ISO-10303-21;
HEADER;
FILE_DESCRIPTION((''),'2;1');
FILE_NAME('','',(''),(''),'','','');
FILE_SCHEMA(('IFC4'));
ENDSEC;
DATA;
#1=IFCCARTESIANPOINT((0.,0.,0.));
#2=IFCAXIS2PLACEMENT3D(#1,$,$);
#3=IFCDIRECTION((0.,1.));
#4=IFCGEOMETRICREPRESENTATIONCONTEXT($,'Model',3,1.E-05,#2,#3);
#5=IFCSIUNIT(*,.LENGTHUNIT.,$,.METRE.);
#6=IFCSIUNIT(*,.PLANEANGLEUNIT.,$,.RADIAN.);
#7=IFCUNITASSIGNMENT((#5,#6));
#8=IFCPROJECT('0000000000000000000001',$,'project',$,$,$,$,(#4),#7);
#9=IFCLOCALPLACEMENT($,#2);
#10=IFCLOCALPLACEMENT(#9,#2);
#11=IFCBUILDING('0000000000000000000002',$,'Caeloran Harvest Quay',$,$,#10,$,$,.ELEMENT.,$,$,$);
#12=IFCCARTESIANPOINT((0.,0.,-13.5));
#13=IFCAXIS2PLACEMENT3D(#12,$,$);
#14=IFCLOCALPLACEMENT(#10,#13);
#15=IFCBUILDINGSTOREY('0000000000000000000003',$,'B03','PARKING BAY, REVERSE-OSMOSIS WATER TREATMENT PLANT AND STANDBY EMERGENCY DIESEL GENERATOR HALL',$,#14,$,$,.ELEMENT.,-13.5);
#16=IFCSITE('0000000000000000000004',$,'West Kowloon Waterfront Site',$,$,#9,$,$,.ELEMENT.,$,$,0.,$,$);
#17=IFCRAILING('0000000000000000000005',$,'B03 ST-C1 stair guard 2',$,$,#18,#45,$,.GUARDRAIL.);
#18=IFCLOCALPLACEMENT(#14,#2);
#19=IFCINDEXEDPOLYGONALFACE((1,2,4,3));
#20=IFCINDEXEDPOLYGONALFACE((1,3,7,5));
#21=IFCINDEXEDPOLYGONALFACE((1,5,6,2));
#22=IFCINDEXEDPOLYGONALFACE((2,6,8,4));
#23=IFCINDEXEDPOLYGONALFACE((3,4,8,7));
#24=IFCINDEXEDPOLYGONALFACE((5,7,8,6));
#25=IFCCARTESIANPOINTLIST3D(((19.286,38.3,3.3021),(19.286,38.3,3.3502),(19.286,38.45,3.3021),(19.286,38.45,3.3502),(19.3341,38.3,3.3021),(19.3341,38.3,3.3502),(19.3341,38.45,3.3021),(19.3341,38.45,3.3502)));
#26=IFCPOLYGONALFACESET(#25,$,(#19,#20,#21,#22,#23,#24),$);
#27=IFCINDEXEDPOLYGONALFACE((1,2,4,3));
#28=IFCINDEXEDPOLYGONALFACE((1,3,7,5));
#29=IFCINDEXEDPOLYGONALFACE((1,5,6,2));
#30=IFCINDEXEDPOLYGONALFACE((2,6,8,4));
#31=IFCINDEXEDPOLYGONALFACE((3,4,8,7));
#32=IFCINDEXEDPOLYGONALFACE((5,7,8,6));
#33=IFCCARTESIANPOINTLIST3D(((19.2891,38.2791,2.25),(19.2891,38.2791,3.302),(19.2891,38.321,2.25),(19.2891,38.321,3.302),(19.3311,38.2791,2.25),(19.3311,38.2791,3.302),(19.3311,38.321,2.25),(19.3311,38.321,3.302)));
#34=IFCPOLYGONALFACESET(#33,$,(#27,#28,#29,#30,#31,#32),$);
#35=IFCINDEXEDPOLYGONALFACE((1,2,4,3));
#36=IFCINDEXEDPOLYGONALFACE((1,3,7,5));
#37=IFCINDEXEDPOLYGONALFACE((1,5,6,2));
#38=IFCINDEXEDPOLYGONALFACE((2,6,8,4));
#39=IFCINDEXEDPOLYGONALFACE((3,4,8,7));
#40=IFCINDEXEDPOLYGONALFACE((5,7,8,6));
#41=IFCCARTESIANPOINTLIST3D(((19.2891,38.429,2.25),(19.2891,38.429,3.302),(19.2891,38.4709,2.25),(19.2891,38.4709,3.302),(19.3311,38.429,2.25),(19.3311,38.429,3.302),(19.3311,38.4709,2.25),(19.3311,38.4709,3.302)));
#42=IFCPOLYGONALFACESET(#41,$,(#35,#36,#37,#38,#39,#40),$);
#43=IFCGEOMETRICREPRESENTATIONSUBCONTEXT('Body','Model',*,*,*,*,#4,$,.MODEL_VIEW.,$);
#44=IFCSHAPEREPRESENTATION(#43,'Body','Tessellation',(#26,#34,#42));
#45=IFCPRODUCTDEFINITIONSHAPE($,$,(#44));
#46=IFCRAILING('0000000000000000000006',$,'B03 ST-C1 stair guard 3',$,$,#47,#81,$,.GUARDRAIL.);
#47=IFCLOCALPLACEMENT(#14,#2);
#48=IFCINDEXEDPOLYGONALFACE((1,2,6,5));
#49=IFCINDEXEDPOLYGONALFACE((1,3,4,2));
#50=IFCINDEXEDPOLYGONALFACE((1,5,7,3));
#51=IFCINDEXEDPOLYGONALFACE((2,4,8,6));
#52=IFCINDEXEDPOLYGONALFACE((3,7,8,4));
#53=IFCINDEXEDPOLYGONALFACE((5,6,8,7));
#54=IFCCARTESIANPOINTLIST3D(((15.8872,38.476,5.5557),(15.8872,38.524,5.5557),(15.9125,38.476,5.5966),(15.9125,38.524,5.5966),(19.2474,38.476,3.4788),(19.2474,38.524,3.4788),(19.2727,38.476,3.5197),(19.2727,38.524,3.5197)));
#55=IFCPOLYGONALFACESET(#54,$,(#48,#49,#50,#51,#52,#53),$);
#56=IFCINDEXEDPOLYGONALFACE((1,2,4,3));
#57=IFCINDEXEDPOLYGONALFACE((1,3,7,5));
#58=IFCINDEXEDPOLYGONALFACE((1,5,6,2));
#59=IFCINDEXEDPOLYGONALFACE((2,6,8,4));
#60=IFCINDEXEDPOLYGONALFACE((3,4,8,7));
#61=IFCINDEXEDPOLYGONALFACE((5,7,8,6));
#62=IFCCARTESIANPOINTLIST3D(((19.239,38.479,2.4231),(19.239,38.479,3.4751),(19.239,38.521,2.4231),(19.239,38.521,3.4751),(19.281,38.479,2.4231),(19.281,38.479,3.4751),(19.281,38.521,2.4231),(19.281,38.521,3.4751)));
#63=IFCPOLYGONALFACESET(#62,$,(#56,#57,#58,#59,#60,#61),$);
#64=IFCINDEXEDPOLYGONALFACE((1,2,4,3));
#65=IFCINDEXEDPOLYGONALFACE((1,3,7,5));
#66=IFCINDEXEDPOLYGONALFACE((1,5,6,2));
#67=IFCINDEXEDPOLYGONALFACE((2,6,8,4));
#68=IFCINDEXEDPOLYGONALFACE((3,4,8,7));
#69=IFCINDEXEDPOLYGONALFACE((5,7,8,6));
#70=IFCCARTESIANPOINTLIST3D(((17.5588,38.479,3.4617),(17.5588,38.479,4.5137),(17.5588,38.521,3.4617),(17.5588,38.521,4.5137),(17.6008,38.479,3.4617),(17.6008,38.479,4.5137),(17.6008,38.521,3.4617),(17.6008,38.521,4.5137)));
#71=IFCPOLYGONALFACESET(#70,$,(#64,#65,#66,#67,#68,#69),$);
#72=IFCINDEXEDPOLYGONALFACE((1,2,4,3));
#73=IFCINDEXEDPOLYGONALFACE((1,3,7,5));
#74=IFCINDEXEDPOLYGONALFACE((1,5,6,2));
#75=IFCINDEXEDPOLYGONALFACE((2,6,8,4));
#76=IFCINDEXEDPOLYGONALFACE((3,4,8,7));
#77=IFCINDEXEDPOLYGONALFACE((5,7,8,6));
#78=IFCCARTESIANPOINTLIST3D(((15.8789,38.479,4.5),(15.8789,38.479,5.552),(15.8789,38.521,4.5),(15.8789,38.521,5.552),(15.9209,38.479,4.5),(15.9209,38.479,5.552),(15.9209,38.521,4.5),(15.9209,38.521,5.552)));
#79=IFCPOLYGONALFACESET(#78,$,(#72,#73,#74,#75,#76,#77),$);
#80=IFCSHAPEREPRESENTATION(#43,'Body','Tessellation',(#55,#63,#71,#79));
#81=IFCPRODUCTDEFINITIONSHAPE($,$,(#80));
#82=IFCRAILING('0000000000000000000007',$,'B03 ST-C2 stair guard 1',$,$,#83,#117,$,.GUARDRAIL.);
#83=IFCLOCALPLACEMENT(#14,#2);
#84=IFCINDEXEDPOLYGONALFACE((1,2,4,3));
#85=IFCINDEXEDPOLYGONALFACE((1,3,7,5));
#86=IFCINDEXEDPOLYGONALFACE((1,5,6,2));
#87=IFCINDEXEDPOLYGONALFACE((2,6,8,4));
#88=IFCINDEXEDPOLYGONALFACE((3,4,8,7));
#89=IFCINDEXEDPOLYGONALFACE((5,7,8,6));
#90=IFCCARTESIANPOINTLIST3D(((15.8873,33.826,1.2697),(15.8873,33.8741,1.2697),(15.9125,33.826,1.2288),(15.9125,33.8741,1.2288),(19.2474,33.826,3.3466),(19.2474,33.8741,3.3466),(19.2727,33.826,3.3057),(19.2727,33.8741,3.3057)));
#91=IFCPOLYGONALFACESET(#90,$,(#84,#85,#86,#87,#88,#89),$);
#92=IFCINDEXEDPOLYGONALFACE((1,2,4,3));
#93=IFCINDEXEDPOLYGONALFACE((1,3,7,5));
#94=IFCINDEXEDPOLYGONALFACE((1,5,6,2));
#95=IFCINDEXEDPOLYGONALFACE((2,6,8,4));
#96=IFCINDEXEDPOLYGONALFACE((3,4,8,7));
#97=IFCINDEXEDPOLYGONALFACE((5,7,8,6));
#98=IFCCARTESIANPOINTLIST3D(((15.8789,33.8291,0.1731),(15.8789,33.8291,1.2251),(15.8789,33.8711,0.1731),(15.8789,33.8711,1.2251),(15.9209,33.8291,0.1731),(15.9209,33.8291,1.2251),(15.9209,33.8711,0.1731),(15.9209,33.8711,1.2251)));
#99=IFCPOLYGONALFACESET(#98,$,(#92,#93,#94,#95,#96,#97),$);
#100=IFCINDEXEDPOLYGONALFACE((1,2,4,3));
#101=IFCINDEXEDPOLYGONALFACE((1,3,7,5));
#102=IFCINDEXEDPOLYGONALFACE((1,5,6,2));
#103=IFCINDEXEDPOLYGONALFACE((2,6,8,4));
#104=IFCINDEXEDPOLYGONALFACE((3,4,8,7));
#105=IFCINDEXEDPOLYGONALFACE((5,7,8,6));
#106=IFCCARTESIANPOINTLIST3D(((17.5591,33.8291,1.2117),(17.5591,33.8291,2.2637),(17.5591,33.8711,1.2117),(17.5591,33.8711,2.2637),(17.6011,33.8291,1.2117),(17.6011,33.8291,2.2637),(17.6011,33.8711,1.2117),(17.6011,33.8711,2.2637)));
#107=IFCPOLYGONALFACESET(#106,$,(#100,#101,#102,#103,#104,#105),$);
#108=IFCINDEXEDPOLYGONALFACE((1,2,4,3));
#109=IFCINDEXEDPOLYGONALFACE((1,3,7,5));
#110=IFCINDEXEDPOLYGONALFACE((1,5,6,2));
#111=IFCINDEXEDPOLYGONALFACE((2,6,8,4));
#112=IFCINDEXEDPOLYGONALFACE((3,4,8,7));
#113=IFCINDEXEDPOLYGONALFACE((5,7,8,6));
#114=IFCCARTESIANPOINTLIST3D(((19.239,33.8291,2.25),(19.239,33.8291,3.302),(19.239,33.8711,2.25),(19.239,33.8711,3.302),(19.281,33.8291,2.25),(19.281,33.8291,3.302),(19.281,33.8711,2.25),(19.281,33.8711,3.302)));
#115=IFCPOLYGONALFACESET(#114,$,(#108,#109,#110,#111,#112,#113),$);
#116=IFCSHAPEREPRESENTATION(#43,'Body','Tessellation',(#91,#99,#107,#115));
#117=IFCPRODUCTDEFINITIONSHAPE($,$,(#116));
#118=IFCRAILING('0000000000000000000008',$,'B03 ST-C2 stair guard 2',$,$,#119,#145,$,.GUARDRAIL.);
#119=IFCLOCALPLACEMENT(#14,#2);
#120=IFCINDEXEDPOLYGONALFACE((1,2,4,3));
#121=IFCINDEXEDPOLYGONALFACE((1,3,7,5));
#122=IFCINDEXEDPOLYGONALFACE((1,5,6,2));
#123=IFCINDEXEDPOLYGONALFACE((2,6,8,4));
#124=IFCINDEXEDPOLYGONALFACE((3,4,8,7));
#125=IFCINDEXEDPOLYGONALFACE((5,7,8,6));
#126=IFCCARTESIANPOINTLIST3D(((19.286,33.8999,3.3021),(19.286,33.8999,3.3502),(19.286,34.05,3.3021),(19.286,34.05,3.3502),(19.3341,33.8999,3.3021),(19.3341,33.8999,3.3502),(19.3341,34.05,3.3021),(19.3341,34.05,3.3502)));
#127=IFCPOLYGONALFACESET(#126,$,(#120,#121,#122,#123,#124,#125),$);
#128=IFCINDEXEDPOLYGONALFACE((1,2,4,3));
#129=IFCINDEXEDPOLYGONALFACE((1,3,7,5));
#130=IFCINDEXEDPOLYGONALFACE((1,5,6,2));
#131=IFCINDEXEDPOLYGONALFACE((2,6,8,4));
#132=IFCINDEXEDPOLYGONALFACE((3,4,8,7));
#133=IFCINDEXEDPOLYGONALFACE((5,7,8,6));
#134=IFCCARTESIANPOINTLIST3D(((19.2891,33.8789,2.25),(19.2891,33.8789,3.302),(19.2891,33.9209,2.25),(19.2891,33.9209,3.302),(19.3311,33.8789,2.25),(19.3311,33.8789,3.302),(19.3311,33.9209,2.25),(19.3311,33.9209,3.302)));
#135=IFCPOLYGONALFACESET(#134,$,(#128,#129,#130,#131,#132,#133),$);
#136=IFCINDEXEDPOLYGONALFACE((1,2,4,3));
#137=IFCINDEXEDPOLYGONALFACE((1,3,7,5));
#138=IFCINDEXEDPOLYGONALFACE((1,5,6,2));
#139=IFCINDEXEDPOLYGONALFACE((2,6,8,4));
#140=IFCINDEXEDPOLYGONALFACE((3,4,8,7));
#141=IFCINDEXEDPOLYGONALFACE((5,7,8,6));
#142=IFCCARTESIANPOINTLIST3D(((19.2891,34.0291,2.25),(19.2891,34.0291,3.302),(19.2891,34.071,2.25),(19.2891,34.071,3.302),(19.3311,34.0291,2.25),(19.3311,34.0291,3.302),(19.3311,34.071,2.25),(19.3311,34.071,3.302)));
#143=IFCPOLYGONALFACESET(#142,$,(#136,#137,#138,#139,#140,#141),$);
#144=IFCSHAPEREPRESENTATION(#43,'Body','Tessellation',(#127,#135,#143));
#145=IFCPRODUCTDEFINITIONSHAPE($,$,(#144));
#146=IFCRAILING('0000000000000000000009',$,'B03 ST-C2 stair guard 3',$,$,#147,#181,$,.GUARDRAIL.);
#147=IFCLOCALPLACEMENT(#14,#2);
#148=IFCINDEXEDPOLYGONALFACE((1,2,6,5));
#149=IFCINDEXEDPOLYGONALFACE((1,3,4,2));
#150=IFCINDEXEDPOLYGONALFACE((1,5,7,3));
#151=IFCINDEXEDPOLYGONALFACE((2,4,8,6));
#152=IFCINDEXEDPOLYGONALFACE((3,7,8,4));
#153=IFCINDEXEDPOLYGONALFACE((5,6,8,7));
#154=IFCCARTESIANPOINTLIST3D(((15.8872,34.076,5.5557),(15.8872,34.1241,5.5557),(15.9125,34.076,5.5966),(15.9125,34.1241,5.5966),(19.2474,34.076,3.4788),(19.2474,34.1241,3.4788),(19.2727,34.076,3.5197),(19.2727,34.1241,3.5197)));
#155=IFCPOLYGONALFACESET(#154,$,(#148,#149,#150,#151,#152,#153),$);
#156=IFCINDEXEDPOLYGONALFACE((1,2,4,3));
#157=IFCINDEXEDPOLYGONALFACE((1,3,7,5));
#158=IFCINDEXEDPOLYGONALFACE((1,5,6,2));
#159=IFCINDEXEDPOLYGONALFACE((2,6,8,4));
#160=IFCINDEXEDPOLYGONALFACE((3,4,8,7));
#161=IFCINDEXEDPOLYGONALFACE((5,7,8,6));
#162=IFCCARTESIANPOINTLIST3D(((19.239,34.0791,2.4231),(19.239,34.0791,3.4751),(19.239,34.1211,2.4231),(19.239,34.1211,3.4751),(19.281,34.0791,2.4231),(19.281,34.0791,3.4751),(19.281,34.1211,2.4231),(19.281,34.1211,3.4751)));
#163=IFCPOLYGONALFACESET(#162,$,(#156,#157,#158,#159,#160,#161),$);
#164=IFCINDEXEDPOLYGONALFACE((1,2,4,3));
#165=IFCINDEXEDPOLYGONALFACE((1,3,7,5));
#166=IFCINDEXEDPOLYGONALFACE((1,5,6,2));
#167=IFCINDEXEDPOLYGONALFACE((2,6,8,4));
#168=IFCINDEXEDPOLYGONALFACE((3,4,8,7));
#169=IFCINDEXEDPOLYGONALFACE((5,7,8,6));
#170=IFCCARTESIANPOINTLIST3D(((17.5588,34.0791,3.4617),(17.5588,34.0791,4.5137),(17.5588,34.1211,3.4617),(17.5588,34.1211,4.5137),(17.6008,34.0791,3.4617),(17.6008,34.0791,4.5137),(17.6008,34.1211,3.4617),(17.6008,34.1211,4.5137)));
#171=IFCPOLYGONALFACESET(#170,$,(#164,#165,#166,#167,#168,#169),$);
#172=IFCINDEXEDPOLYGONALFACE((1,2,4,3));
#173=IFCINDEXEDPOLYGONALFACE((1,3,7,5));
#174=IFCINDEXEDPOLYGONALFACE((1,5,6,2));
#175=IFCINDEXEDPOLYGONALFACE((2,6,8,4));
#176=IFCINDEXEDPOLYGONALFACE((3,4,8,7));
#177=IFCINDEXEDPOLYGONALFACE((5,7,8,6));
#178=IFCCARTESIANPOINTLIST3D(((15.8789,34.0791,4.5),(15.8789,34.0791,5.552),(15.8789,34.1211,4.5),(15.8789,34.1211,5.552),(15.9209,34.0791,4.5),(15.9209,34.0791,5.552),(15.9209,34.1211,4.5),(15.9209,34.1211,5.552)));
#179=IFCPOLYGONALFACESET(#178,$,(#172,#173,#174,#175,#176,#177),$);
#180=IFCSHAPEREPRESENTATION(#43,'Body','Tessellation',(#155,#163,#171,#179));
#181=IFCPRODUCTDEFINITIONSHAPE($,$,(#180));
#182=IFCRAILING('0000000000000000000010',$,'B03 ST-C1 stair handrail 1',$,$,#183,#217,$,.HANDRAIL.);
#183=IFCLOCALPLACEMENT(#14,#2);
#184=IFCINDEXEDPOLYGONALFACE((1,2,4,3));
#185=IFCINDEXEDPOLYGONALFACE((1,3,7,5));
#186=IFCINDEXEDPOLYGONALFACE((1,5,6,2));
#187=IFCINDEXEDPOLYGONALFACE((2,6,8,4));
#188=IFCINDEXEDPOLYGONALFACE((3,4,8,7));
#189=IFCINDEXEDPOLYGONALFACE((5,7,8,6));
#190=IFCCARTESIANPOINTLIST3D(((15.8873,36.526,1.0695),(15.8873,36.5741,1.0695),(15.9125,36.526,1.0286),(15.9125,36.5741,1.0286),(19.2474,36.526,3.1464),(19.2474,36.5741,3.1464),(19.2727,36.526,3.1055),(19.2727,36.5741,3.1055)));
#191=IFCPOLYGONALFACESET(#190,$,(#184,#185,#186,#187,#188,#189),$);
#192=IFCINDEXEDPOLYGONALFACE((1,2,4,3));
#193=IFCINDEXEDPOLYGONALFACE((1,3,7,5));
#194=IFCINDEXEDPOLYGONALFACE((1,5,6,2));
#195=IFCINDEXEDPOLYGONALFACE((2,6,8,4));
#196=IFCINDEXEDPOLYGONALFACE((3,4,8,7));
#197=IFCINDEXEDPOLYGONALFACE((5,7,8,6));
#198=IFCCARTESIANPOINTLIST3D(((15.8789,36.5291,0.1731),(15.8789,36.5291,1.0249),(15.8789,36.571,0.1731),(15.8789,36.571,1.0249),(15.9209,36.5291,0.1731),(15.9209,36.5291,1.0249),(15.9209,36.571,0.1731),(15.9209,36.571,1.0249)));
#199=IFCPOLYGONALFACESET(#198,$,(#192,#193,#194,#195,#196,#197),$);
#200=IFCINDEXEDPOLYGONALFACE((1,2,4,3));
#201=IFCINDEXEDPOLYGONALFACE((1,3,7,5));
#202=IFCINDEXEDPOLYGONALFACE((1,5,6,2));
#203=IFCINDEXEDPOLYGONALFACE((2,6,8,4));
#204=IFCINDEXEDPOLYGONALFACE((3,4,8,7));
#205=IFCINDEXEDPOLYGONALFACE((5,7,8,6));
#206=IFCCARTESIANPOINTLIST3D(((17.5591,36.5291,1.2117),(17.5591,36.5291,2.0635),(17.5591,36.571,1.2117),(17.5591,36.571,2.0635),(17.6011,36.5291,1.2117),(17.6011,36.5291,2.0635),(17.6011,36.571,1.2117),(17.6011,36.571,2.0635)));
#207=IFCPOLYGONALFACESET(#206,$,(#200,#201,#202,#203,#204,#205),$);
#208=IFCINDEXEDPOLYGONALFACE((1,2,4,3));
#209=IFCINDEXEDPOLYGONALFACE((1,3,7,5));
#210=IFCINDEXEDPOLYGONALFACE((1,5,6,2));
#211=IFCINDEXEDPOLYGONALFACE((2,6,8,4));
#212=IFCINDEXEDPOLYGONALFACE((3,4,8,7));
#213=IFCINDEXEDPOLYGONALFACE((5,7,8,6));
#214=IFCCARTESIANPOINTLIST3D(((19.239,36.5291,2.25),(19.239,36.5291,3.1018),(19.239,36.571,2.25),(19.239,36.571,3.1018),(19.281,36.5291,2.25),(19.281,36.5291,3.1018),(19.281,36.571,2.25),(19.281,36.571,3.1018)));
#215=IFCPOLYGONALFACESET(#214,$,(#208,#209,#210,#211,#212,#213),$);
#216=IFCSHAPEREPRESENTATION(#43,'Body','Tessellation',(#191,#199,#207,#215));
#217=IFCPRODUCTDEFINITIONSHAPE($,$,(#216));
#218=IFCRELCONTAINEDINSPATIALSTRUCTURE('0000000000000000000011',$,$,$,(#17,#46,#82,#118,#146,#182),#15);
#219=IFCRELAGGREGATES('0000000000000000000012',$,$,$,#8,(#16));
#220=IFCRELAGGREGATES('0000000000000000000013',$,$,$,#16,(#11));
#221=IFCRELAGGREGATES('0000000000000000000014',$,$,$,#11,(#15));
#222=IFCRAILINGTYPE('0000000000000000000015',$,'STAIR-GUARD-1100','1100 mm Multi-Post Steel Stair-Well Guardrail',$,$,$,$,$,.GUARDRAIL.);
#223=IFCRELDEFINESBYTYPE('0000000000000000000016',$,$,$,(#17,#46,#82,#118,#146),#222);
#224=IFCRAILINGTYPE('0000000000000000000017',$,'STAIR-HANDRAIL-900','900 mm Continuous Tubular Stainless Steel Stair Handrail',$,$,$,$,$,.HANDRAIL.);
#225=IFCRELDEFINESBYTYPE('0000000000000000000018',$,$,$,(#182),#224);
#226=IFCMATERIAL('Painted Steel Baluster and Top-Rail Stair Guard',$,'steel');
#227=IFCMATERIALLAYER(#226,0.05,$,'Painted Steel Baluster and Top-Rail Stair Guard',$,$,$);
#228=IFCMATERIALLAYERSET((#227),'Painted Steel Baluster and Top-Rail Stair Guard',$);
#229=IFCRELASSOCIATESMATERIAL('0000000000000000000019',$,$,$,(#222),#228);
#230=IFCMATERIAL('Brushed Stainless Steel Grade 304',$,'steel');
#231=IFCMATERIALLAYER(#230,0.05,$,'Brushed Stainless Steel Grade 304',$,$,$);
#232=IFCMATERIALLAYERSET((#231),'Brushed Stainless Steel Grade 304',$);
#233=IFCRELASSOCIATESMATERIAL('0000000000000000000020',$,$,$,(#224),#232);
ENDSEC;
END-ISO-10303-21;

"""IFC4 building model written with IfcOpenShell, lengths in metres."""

from ifc_helpers import new_model, si_unit, direction, frame, origin, origin_2d, place, context, subcontext, project, spatial, rectangle, extrude, material, layer, layer_set, type_object, element, save


model = new_model("IFC4")

# Units and contexts
model_context = context("Model", 3, precision=1e-05, world=origin(), true_north=direction((0.0, 1.0)))
body_context = subcontext(model_context, "Body", "Model", "MODEL_VIEW")
ifc_project = project(units=[si_unit("LENGTHUNIT", "METRE"), si_unit("PLANEANGLEUNIT", "RADIAN")], contexts=[model_context])

# Site, building, storey
site_placement = place(None, origin())
site = spatial("IfcSite", under=ifc_project, at=site_placement, Name="West Kowloon Waterfront Site", CompositionType="ELEMENT", RefElevation=0.0)
building_placement = place(site_placement, origin())
building = spatial("IfcBuilding", under=site, at=building_placement, Name="Caeloran Harvest Quay", CompositionType="ELEMENT")
storey_placement = place(building_placement, frame((0.0, 0.0, -13.5)))
storey = spatial("IfcBuildingStorey", under=building, at=storey_placement, Name="B03", Description="PARKING BAY, REVERSE-OSMOSIS WATER TREATMENT PLANT AND STANDBY EMERGENCY DIESEL GENERATOR HALL", CompositionType="ELEMENT", Elevation=-13.5)

# Railings
ifc_material_1 = material(Name="Painted Steel Baluster and Top-Rail Stair Guard", Category="steel")
ifc_layer_1 = layer(ifc_material_1, 0.05, Name="Painted Steel Baluster and Top-Rail Stair Guard")
ifc_layer_set_1 = layer_set([ifc_layer_1], Name="Painted Steel Baluster and Top-Rail Stair Guard")
railing_type_1 = type_object("IfcRailingType", Name="STAIR-GUARD-1100", Description="1100 mm Multi-Post Steel Stair-Well Guardrail", PredefinedType="GUARDRAIL", material=ifc_layer_set_1)
railing_1_placement = place(storey_placement, frame((19.3101, 38.3, 2.25)))
element("IfcRailing", 1, at=railing_1_placement, inside=storey, type_object=railing_type_1, Name="B03 ST-C1 stair guard 2", PredefinedType="GUARDRAIL", context=body_context, shape_type="SweptSolid", body=[
    extrude(rectangle(XDim=0.0481, YDim=0.0481, at=origin_2d()), frame((0.0, 0.0, 1.0762), z_axis=(0.0, 1.0, 0.0), x_axis=(-1.0, 0.0, 0.0)), (0.0, 0.0, 1.0), 0.1499),
    extrude(rectangle(XDim=0.042, YDim=0.042, at=origin_2d()), origin(), (0.0, 0.0, 1.0), 1.052),
    extrude(rectangle(XDim=0.042, YDim=0.042, at=origin_2d()), frame((0.0, 0.1499, 0.0)), (0.0, 0.0, 1.0), 1.052),
])
railing_2_placement = place(storey_placement, frame((19.26, 38.5, 2.4231)))
element("IfcRailing", 2, at=railing_2_placement, inside=storey, type_object=railing_type_1, Name="B03 ST-C1 stair guard 3", PredefinedType="GUARDRAIL", context=body_context, shape_type="SweptSolid", body=[
    extrude(rectangle(XDim=0.0481, YDim=0.0481, at=origin_2d()), frame((0.0, 0.0, 1.0762), z_axis=(-0.850623, 0.0, 0.525776), x_axis=(0.0, -1.0, 0.0)), (0.0, 0.0, 1.0), 3.9502),
    extrude(rectangle(XDim=0.042, YDim=0.042, at=origin_2d()), origin(), (0.0, 0.0, 1.0), 1.052),
    extrude(rectangle(XDim=0.042, YDim=0.042, at=origin_2d()), frame((-1.6802, 0.0, 1.0386)), (0.0, 0.0, 1.0), 1.052),
    extrude(rectangle(XDim=0.042, YDim=0.042, at=origin_2d()), frame((-3.3601, 0.0, 2.0769)), (0.0, 0.0, 1.0), 1.052),
])
railing_3_placement = place(storey_placement, frame((15.8999, 33.8501, 0.1731)))
element("IfcRailing", 3, at=railing_3_placement, inside=storey, type_object=railing_type_1, Name="B03 ST-C2 stair guard 1", PredefinedType="GUARDRAIL", context=body_context, shape_type="SweptSolid", body=[
    extrude(rectangle(XDim=0.0481, YDim=0.0481, at=origin_2d()), frame((0.0, 0.0, 1.0762), z_axis=(0.850623, 0.0, 0.525776), x_axis=(0.0, 1.0, 0.0)), (0.0, 0.0, 1.0), 3.9502),
    extrude(rectangle(XDim=0.042, YDim=0.042, at=origin_2d()), origin(), (0.0, 0.0, 1.0), 1.052),
    extrude(rectangle(XDim=0.042, YDim=0.042, at=origin_2d()), frame((1.6802, 0.0, 1.0386)), (0.0, 0.0, 1.0), 1.052),
    extrude(rectangle(XDim=0.042, YDim=0.042, at=origin_2d()), frame((3.3601, 0.0, 2.0769)), (0.0, 0.0, 1.0), 1.052),
])
railing_4_placement = place(storey_placement, frame((19.3101, 33.8999, 2.25)))
element("IfcRailing", 4, at=railing_4_placement, inside=storey, type_object=railing_type_1, Name="B03 ST-C2 stair guard 2", PredefinedType="GUARDRAIL", context=body_context, shape_type="SweptSolid", body=[
    extrude(rectangle(XDim=0.0481, YDim=0.0481, at=origin_2d()), frame((0.0, 0.0, 1.0762), z_axis=(0.0, 1.0, 0.0), x_axis=(-1.0, 0.0, 0.0)), (0.0, 0.0, 1.0), 0.1501),
    extrude(rectangle(XDim=0.042, YDim=0.042, at=origin_2d()), origin(), (0.0, 0.0, 1.0), 1.052),
    extrude(rectangle(XDim=0.042, YDim=0.042, at=origin_2d()), frame((0.0, 0.1501, 0.0)), (0.0, 0.0, 1.0), 1.052),
])
railing_5_placement = place(storey_placement, frame((19.26, 34.1001, 2.4231)))
element("IfcRailing", 5, at=railing_5_placement, inside=storey, type_object=railing_type_1, Name="B03 ST-C2 stair guard 3", PredefinedType="GUARDRAIL", context=body_context, shape_type="SweptSolid", body=[
    extrude(rectangle(XDim=0.0481, YDim=0.0481, at=origin_2d()), frame((0.0, 0.0, 1.0762), z_axis=(-0.850623, 0.0, 0.525776), x_axis=(0.0, -1.0, 0.0)), (0.0, 0.0, 1.0), 3.9502),
    extrude(rectangle(XDim=0.042, YDim=0.042, at=origin_2d()), origin(), (0.0, 0.0, 1.0), 1.052),
    extrude(rectangle(XDim=0.042, YDim=0.042, at=origin_2d()), frame((-1.6802, 0.0, 1.0386)), (0.0, 0.0, 1.0), 1.052),
    extrude(rectangle(XDim=0.042, YDim=0.042, at=origin_2d()), frame((-3.3601, 0.0, 2.0769)), (0.0, 0.0, 1.0), 1.052),
])
ifc_material_2 = material(Name="Brushed Stainless Steel Grade 304", Category="steel")
ifc_layer_2 = layer(ifc_material_2, 0.05, Name="Brushed Stainless Steel Grade 304")
ifc_layer_set_2 = layer_set([ifc_layer_2], Name="Brushed Stainless Steel Grade 304")
railing_type_2 = type_object("IfcRailingType", Name="STAIR-HANDRAIL-900", Description="900 mm Continuous Tubular Stainless Steel Stair Handrail", PredefinedType="HANDRAIL", material=ifc_layer_set_2)
railing_6_placement = place(storey_placement, frame((15.8999, 36.55, 0.1731)))
element("IfcRailing", 6, at=railing_6_placement, inside=storey, type_object=railing_type_2, Name="B03 ST-C1 stair handrail 1", PredefinedType="HANDRAIL", context=body_context, shape_type="SweptSolid", body=[
    extrude(rectangle(XDim=0.0481, YDim=0.0481, at=origin_2d()), frame((0.0, 0.0, 0.876), z_axis=(0.850623, 0.0, 0.525776), x_axis=(0.0, 1.0, 0.0)), (0.0, 0.0, 1.0), 3.9502),
    extrude(rectangle(XDim=0.042, YDim=0.042, at=origin_2d()), origin(), (0.0, 0.0, 1.0), 0.8518),
    extrude(rectangle(XDim=0.042, YDim=0.042, at=origin_2d()), frame((1.6802, 0.0, 1.0386)), (0.0, 0.0, 1.0), 0.8518),
    extrude(rectangle(XDim=0.042, YDim=0.042, at=origin_2d()), frame((3.3601, 0.0, 2.0769)), (0.0, 0.0, 1.0), 0.8518),
])

save(model, "model.ifc")
